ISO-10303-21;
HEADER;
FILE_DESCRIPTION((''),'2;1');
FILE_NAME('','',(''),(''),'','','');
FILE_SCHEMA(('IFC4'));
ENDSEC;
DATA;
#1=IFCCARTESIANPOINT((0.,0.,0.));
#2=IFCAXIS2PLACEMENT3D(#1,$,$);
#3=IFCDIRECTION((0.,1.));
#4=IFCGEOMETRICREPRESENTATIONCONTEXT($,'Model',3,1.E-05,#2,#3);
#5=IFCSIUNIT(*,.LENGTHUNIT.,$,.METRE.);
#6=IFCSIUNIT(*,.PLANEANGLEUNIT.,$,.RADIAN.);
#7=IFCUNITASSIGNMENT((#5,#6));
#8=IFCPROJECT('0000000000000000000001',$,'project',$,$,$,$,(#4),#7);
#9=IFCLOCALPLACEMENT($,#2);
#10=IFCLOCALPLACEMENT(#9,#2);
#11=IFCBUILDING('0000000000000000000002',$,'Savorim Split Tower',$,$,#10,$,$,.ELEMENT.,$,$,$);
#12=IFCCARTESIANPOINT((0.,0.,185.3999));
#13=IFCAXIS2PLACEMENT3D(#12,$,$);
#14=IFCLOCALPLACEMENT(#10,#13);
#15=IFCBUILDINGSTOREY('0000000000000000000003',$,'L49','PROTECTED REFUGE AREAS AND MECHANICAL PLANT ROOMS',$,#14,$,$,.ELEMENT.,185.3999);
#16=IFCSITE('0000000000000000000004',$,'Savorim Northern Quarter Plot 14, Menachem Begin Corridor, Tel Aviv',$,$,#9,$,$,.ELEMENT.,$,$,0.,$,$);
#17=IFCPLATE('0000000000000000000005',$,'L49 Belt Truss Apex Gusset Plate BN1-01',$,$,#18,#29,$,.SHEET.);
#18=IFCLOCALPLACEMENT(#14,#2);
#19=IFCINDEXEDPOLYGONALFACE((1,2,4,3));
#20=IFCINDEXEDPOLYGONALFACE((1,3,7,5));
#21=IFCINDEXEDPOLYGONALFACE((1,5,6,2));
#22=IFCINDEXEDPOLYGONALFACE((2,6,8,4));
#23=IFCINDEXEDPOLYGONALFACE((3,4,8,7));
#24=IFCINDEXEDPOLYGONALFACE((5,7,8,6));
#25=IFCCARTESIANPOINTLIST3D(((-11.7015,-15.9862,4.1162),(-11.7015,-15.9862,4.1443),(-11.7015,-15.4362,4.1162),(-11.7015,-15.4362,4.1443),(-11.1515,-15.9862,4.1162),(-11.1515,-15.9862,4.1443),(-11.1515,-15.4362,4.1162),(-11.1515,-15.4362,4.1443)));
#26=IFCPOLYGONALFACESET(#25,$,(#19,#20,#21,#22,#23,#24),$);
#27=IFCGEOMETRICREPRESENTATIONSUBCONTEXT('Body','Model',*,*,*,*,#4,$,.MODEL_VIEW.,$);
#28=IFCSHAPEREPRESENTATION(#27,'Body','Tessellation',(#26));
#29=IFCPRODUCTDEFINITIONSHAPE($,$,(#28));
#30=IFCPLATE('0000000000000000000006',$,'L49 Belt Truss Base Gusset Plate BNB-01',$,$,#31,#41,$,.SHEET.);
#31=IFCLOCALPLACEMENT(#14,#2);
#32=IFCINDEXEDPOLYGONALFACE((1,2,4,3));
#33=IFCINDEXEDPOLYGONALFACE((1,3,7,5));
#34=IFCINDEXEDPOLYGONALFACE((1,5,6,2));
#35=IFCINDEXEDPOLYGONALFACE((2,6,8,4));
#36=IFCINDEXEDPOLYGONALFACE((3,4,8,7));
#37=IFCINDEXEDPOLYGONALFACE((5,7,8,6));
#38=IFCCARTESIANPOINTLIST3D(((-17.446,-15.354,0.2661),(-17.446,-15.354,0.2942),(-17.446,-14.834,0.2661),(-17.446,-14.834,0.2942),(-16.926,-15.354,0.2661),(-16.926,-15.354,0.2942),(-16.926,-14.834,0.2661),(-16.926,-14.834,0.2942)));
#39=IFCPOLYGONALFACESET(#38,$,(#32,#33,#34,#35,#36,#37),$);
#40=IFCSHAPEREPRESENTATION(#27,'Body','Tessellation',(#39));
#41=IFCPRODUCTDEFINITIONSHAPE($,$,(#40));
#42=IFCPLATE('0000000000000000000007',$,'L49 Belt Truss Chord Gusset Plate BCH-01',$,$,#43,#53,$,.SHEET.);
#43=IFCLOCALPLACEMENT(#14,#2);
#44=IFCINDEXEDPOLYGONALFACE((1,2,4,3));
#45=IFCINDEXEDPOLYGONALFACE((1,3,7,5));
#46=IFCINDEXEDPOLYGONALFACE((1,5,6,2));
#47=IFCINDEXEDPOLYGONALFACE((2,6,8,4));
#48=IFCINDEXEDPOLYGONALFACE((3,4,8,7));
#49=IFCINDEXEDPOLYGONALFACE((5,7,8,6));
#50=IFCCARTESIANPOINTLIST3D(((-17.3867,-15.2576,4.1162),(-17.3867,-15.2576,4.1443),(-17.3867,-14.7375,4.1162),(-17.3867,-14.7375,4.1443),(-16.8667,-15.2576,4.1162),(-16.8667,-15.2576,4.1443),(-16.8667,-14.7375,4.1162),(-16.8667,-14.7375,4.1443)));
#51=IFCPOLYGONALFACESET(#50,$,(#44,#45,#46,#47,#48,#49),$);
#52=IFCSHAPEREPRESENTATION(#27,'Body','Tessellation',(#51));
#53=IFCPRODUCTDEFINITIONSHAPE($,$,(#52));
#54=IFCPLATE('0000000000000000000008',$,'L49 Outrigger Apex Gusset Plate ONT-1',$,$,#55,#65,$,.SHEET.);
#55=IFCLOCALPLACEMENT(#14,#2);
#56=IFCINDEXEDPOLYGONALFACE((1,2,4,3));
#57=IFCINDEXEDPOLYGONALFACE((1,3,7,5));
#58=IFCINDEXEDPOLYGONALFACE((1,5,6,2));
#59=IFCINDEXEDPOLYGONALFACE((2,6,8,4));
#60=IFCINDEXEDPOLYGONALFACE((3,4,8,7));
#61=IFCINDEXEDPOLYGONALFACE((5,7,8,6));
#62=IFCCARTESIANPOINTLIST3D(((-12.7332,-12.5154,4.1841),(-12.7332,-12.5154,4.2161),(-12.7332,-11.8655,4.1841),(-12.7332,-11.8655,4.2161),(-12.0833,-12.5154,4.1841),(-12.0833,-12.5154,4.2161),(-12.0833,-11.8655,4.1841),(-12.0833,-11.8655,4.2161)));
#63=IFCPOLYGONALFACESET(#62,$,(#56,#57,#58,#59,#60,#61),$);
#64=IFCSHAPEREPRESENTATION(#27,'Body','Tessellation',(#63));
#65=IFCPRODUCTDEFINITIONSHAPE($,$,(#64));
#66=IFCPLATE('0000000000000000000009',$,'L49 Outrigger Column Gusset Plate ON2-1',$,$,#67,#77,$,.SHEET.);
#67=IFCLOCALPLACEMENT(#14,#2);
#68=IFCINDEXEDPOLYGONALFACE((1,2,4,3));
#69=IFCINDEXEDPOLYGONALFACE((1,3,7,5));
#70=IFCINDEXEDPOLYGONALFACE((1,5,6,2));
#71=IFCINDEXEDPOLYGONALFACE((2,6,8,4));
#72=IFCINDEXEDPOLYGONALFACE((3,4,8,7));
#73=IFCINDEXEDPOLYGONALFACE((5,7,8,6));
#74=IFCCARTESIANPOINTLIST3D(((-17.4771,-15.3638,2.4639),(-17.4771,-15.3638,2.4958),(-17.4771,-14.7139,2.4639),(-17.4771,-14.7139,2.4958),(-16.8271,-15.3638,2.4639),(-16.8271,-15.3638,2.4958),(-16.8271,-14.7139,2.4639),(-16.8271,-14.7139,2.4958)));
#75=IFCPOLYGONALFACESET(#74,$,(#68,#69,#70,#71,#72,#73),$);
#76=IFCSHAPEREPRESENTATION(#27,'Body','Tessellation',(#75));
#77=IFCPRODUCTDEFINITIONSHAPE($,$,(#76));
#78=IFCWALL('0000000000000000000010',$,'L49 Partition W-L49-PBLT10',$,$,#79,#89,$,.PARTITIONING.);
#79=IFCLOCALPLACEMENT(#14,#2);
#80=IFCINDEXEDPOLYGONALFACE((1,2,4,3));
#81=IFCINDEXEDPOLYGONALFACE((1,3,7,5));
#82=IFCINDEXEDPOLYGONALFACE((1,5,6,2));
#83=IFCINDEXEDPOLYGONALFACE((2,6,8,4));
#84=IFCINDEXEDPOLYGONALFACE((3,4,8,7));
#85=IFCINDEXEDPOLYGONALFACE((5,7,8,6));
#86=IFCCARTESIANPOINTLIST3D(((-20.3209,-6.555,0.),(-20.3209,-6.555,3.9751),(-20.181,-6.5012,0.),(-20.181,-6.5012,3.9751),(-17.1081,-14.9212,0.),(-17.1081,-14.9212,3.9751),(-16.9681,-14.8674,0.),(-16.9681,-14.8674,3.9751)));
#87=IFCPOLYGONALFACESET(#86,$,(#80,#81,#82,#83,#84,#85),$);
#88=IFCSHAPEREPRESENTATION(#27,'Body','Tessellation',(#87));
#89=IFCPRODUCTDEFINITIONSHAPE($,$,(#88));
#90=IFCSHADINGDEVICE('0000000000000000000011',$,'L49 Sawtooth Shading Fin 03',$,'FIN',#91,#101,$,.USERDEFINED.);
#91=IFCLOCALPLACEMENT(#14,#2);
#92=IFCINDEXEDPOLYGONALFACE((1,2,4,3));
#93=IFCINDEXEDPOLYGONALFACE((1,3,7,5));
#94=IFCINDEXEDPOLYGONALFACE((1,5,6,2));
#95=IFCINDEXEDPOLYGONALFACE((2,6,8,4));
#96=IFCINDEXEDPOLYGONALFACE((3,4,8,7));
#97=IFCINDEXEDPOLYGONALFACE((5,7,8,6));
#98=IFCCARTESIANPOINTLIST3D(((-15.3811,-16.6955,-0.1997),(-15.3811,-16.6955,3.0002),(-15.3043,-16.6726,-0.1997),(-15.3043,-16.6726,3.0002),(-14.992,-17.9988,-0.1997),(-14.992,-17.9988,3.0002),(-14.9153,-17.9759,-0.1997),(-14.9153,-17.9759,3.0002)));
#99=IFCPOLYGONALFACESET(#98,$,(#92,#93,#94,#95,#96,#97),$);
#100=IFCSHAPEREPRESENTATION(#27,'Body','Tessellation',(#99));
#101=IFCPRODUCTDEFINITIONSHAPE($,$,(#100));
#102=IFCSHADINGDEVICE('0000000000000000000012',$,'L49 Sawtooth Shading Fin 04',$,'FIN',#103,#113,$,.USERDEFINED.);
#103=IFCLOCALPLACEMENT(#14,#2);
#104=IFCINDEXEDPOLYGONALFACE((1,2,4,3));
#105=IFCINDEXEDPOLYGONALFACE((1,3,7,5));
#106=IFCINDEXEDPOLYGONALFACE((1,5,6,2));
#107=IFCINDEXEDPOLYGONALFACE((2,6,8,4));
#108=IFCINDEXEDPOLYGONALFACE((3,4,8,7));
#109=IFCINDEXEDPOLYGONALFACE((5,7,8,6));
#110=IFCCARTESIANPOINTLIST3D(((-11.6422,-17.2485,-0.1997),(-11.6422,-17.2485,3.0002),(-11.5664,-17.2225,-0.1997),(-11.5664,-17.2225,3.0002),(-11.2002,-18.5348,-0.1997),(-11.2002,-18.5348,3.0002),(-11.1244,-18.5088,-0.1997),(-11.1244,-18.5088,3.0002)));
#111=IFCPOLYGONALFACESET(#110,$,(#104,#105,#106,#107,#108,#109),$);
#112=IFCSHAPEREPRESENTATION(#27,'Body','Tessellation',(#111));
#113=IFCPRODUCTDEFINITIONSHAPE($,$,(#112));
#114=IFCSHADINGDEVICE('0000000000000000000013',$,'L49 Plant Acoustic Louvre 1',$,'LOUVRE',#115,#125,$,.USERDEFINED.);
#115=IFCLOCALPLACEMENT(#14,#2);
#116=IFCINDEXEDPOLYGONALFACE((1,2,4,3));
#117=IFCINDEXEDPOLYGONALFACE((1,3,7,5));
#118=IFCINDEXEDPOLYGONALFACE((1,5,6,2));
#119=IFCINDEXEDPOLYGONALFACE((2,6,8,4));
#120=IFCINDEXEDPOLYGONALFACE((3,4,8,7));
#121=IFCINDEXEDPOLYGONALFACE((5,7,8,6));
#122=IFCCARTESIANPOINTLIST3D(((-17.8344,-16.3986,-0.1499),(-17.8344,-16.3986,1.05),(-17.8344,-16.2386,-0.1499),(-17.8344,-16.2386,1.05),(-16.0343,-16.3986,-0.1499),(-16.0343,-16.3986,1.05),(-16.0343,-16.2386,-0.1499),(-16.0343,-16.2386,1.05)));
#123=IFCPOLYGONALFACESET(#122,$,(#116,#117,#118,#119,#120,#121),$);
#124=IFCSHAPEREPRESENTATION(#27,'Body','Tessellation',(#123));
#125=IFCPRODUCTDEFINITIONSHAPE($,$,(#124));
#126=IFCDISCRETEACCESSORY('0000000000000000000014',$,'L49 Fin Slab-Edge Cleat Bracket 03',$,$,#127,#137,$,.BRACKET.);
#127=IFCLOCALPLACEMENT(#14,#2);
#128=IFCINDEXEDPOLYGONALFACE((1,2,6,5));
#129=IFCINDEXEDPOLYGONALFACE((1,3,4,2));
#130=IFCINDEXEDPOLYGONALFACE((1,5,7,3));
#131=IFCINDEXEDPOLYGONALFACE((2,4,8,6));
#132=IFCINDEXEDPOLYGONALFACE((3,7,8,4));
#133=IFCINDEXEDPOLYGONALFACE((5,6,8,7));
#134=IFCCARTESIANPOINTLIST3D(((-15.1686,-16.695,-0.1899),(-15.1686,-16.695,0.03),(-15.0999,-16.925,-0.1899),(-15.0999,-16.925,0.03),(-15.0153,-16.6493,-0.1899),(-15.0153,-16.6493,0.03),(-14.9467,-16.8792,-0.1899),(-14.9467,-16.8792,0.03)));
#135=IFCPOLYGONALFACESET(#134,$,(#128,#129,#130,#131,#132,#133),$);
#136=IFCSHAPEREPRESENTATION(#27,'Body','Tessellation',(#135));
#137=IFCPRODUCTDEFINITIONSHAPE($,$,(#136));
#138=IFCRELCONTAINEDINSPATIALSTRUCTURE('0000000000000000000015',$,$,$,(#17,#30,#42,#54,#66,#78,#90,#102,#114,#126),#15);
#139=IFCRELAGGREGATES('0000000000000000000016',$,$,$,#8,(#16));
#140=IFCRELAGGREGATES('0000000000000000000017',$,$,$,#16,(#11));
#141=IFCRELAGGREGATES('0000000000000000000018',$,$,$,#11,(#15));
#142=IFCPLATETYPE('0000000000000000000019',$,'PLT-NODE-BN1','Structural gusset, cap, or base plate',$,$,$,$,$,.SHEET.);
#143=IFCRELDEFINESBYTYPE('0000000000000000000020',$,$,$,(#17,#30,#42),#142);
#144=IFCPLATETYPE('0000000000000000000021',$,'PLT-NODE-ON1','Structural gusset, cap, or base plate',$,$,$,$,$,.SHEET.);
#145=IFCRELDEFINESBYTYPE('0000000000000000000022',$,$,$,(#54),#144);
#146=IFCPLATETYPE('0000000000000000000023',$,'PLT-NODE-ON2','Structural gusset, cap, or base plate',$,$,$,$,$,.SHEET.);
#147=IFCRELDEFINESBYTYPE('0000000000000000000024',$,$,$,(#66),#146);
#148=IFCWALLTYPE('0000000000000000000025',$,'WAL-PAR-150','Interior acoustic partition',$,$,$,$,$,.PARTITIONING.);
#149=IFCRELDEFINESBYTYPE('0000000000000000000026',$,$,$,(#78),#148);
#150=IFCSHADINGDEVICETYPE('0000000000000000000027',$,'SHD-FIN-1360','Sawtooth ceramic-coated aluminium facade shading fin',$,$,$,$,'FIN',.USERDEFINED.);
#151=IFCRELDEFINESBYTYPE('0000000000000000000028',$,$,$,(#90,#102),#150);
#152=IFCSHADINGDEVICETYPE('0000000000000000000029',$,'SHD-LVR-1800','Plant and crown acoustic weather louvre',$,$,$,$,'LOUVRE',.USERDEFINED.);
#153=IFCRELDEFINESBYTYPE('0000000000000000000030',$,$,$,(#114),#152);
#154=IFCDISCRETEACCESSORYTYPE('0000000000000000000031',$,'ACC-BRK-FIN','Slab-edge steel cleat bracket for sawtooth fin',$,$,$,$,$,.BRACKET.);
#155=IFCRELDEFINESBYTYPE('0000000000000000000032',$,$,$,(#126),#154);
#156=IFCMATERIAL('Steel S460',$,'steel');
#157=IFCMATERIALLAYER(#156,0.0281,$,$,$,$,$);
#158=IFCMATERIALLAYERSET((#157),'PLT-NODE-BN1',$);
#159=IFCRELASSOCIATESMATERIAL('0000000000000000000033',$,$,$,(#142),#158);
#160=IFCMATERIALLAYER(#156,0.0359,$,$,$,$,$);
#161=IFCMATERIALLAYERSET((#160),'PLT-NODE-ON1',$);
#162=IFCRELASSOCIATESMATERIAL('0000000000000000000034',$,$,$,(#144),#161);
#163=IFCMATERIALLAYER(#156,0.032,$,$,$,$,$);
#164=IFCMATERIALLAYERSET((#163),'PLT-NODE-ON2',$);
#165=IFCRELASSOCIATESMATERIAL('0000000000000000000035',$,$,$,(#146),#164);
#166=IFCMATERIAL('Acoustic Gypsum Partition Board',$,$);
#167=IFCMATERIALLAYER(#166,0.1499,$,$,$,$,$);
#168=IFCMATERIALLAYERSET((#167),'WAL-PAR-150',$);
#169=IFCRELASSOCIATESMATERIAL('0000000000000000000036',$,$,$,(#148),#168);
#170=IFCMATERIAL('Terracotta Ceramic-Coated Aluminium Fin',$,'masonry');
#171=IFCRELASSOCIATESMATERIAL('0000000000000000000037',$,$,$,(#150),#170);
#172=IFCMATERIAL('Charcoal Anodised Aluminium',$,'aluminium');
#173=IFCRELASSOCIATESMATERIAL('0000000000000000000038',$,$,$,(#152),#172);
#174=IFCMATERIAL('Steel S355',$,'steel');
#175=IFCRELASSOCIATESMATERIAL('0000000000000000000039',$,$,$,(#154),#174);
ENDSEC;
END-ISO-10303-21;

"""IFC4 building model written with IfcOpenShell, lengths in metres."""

from ifc_helpers import new_model, si_unit, direction, frame, frame_2d, origin, origin_2d, place, context, subcontext, project, spatial, rectangle, extrude, material, layer, layer_set, type_object, element, save


model = new_model("IFC4")

# Units and contexts
model_context = context("Model", 3, precision=1e-05, world=origin(), true_north=direction((0.0, 1.0)))
body_context = subcontext(model_context, "Body", "Model", "MODEL_VIEW")
ifc_project = project(units=[si_unit("LENGTHUNIT", "METRE"), si_unit("PLANEANGLEUNIT", "RADIAN")], contexts=[model_context])

# Site, building, storey
site_placement = place(None, origin())
site = spatial("IfcSite", under=ifc_project, at=site_placement, Name="Savorim Northern Quarter Plot 14, Menachem Begin Corridor, Tel Aviv", CompositionType="ELEMENT", RefElevation=0.0)
building_placement = place(site_placement, origin())
building = spatial("IfcBuilding", under=site, at=building_placement, Name="Savorim Split Tower", CompositionType="ELEMENT")
storey_placement = place(building_placement, frame((0.0, 0.0, 185.3999)))
storey = spatial("IfcBuildingStorey", under=building, at=storey_placement, Name="L49", Description="PROTECTED REFUGE AREAS AND MECHANICAL PLANT ROOMS", CompositionType="ELEMENT", Elevation=185.3999)

# Shared definitions
ifc_material_1 = material(Name="Steel S355", Category="steel")

# Shared definitions
ifc_material_2 = material(Name="Charcoal Anodised Aluminium", Category="aluminium")

# Shared definitions
ifc_material_3 = material(Name="Steel S460", Category="steel")

# Plates
ifc_layer_1 = layer(ifc_material_3, 0.0281)
ifc_layer_set_1 = layer_set([ifc_layer_1], Name="PLT-NODE-BN1")
plate_type_1 = type_object("IfcPlateType", Name="PLT-NODE-BN1", Description="Structural gusset, cap, or base plate", PredefinedType="SHEET", material=ifc_layer_set_1)
plate_1_placement = place(storey_placement, frame((-11.4265, -15.7112, 4.1162), z_axis=(0.0, 0.0, 1.0), x_axis=(1.0, 0.0, 0.0)))
element("IfcPlate", 1, at=plate_1_placement, inside=storey, type_object=plate_type_1, Name="L49 Belt Truss Apex Gusset Plate BN1-01", PredefinedType="SHEET", context=body_context, shape_type="SweptSolid", body=[
    extrude(rectangle(XDim=0.55, YDim=0.55, at=origin_2d()), origin(), (0.0, 0.0, 1.0), 0.0281),
])
for number, where, z_axis, x_axis, name in (
    (2, (-17.186, -15.094, 0.2661), (0.0, 0.0, 1.0), (1.0, 0.0, 0.0), "L49 Belt Truss Base Gusset Plate BNB-01"),
    (3, (-17.1267, -14.9976, 4.1162), (0.0, 0.0, 1.0), (1.0, 0.0, 0.0), "L49 Belt Truss Chord Gusset Plate BCH-01"),
):
    element("IfcPlate", number, at=place(storey_placement, frame(where, z_axis=z_axis, x_axis=x_axis)), inside=storey, type_object=plate_type_1, Name=name, PredefinedType="SHEET", context=body_context, shape_type="SweptSolid", body=[
        extrude(rectangle(XDim=0.52, YDim=0.52, at=origin_2d()), origin(), (0.0, 0.0, 1.0), 0.0281),
    ])
ifc_layer_2 = layer(ifc_material_3, 0.0359)
ifc_layer_set_2 = layer_set([ifc_layer_2], Name="PLT-NODE-ON1")
plate_type_2 = type_object("IfcPlateType", Name="PLT-NODE-ON1", Description="Structural gusset, cap, or base plate", PredefinedType="SHEET", material=ifc_layer_set_2)
plate_2_placement = place(storey_placement, frame((-12.4082, -12.1904, 4.1841), z_axis=(0.0, 0.0, 1.0), x_axis=(1.0, 0.0, 0.0)))
element("IfcPlate", 4, at=plate_2_placement, inside=storey, type_object=plate_type_2, Name="L49 Outrigger Apex Gusset Plate ONT-1", PredefinedType="SHEET", context=body_context, shape_type="SweptSolid", body=[
    extrude(rectangle(XDim=0.6499, YDim=0.6499, at=origin_2d()), origin(), (0.0, 0.0, 1.0), 0.032),
])
ifc_layer_3 = layer(ifc_material_3, 0.032)
ifc_layer_set_3 = layer_set([ifc_layer_3], Name="PLT-NODE-ON2")
plate_type_3 = type_object("IfcPlateType", Name="PLT-NODE-ON2", Description="Structural gusset, cap, or base plate", PredefinedType="SHEET", material=ifc_layer_set_3)
plate_3_placement = place(storey_placement, frame((-17.1521, -15.0388, 2.4639), z_axis=(0.0, 0.0, 1.0), x_axis=(1.0, 0.0, 0.0)))
element("IfcPlate", 5, at=plate_3_placement, inside=storey, type_object=plate_type_3, Name="L49 Outrigger Column Gusset Plate ON2-1", PredefinedType="SHEET", context=body_context, shape_type="SweptSolid", body=[
    extrude(rectangle(XDim=0.6499, YDim=0.6499, at=origin_2d()), origin(), (0.0, 0.0, 1.0), 0.032),
])

# Wall
ifc_material_4 = material(Name="Acoustic Gypsum Partition Board")
ifc_layer_4 = layer(ifc_material_4, 0.1499)
ifc_layer_set_4 = layer_set([ifc_layer_4], Name="WAL-PAR-150")
wall_type = type_object("IfcWallType", Name="WAL-PAR-150", Description="Interior acoustic partition", PredefinedType="PARTITIONING", material=ifc_layer_set_4)
wall_placement = place(storey_placement, frame((-17.0381, -14.8943, 0.0), z_axis=(0.0, 0.0, 1.0), x_axis=(-0.358504, 0.933528, 0.0)))
element("IfcWall", 6, at=wall_placement, inside=storey, type_object=wall_type, Name="L49 Partition W-L49-PBLT10", PredefinedType="PARTITIONING", context=body_context, shape_type="SweptSolid", body=[
    extrude(rectangle(XDim=8.9619, YDim=0.1499, at=frame_2d((4.481, 0.0))), origin(), (0.0, 0.0, 1.0), 3.9751),
])

# Shading devices
ifc_material_5 = material(Name="Terracotta Ceramic-Coated Aluminium Fin", Category="masonry")
shading_device_type_1 = type_object("IfcShadingDeviceType", Name="SHD-FIN-1360", Description="Sawtooth ceramic-coated aluminium facade shading fin", ElementType="FIN", PredefinedType="USERDEFINED", material=ifc_material_5)
for number, where, z_axis, x_axis, name in (
    (7, (-15.1482, -17.3357, -0.1997), (0.0, 0.0, 1.0), (0.286026, -0.958222, 0.0), "L49 Sawtooth Shading Fin 03"),
    (8, (-11.3833, -17.8787, -0.1997), (0.0, 0.0, 1.0), (0.324994, -0.945716, 0.0), "L49 Sawtooth Shading Fin 04"),
):
    element("IfcShadingDevice", number, at=place(storey_placement, frame(where, z_axis=z_axis, x_axis=x_axis)), inside=storey, type_object=shading_device_type_1, Name=name, ObjectType="FIN", PredefinedType="USERDEFINED", context=body_context, shape_type="SweptSolid", body=[
        extrude(rectangle(XDim=1.3601, YDim=0.0801, at=origin_2d()), origin(), (0.0, 0.0, 1.0), 3.2),
    ])
shading_device_type_2 = type_object("IfcShadingDeviceType", Name="SHD-LVR-1800", Description="Plant and crown acoustic weather louvre", ElementType="LOUVRE", PredefinedType="USERDEFINED", material=ifc_material_2)
shading_device_placement = place(storey_placement, frame((-16.9343, -16.3186, -0.1499), z_axis=(0.0, 0.0, 1.0), x_axis=(1.0, 0.0, 0.0)))
element("IfcShadingDevice", 9, at=shading_device_placement, inside=storey, type_object=shading_device_type_2, Name="L49 Plant Acoustic Louvre 1", ObjectType="LOUVRE", PredefinedType="USERDEFINED", context=body_context, shape_type="SweptSolid", body=[
    extrude(rectangle(XDim=1.8, YDim=0.1599, at=origin_2d()), origin(), (0.0, 0.0, 1.0), 1.2),
])

# Discrete accessory
discrete_accessory_type = type_object("IfcDiscreteAccessoryType", Name="ACC-BRK-FIN", Description="Slab-edge steel cleat bracket for sawtooth fin", PredefinedType="BRACKET", material=ifc_material_1)
discrete_accessory_placement = place(storey_placement, frame((-15.0576, -16.7871, -0.1899), z_axis=(0.0, 0.0, 1.0), x_axis=(0.286026, -0.958222, 0.0)))
element("IfcDiscreteAccessory", 10, at=discrete_accessory_placement, inside=storey, type_object=discrete_accessory_type, Name="L49 Fin Slab-Edge Cleat Bracket 03", PredefinedType="BRACKET", context=body_context, shape_type="SweptSolid", body=[
    extrude(rectangle(XDim=0.24, YDim=0.1599, at=origin_2d()), origin(), (0.0, 0.0, 1.0), 0.22),
])

save(model, "model.ifc")
